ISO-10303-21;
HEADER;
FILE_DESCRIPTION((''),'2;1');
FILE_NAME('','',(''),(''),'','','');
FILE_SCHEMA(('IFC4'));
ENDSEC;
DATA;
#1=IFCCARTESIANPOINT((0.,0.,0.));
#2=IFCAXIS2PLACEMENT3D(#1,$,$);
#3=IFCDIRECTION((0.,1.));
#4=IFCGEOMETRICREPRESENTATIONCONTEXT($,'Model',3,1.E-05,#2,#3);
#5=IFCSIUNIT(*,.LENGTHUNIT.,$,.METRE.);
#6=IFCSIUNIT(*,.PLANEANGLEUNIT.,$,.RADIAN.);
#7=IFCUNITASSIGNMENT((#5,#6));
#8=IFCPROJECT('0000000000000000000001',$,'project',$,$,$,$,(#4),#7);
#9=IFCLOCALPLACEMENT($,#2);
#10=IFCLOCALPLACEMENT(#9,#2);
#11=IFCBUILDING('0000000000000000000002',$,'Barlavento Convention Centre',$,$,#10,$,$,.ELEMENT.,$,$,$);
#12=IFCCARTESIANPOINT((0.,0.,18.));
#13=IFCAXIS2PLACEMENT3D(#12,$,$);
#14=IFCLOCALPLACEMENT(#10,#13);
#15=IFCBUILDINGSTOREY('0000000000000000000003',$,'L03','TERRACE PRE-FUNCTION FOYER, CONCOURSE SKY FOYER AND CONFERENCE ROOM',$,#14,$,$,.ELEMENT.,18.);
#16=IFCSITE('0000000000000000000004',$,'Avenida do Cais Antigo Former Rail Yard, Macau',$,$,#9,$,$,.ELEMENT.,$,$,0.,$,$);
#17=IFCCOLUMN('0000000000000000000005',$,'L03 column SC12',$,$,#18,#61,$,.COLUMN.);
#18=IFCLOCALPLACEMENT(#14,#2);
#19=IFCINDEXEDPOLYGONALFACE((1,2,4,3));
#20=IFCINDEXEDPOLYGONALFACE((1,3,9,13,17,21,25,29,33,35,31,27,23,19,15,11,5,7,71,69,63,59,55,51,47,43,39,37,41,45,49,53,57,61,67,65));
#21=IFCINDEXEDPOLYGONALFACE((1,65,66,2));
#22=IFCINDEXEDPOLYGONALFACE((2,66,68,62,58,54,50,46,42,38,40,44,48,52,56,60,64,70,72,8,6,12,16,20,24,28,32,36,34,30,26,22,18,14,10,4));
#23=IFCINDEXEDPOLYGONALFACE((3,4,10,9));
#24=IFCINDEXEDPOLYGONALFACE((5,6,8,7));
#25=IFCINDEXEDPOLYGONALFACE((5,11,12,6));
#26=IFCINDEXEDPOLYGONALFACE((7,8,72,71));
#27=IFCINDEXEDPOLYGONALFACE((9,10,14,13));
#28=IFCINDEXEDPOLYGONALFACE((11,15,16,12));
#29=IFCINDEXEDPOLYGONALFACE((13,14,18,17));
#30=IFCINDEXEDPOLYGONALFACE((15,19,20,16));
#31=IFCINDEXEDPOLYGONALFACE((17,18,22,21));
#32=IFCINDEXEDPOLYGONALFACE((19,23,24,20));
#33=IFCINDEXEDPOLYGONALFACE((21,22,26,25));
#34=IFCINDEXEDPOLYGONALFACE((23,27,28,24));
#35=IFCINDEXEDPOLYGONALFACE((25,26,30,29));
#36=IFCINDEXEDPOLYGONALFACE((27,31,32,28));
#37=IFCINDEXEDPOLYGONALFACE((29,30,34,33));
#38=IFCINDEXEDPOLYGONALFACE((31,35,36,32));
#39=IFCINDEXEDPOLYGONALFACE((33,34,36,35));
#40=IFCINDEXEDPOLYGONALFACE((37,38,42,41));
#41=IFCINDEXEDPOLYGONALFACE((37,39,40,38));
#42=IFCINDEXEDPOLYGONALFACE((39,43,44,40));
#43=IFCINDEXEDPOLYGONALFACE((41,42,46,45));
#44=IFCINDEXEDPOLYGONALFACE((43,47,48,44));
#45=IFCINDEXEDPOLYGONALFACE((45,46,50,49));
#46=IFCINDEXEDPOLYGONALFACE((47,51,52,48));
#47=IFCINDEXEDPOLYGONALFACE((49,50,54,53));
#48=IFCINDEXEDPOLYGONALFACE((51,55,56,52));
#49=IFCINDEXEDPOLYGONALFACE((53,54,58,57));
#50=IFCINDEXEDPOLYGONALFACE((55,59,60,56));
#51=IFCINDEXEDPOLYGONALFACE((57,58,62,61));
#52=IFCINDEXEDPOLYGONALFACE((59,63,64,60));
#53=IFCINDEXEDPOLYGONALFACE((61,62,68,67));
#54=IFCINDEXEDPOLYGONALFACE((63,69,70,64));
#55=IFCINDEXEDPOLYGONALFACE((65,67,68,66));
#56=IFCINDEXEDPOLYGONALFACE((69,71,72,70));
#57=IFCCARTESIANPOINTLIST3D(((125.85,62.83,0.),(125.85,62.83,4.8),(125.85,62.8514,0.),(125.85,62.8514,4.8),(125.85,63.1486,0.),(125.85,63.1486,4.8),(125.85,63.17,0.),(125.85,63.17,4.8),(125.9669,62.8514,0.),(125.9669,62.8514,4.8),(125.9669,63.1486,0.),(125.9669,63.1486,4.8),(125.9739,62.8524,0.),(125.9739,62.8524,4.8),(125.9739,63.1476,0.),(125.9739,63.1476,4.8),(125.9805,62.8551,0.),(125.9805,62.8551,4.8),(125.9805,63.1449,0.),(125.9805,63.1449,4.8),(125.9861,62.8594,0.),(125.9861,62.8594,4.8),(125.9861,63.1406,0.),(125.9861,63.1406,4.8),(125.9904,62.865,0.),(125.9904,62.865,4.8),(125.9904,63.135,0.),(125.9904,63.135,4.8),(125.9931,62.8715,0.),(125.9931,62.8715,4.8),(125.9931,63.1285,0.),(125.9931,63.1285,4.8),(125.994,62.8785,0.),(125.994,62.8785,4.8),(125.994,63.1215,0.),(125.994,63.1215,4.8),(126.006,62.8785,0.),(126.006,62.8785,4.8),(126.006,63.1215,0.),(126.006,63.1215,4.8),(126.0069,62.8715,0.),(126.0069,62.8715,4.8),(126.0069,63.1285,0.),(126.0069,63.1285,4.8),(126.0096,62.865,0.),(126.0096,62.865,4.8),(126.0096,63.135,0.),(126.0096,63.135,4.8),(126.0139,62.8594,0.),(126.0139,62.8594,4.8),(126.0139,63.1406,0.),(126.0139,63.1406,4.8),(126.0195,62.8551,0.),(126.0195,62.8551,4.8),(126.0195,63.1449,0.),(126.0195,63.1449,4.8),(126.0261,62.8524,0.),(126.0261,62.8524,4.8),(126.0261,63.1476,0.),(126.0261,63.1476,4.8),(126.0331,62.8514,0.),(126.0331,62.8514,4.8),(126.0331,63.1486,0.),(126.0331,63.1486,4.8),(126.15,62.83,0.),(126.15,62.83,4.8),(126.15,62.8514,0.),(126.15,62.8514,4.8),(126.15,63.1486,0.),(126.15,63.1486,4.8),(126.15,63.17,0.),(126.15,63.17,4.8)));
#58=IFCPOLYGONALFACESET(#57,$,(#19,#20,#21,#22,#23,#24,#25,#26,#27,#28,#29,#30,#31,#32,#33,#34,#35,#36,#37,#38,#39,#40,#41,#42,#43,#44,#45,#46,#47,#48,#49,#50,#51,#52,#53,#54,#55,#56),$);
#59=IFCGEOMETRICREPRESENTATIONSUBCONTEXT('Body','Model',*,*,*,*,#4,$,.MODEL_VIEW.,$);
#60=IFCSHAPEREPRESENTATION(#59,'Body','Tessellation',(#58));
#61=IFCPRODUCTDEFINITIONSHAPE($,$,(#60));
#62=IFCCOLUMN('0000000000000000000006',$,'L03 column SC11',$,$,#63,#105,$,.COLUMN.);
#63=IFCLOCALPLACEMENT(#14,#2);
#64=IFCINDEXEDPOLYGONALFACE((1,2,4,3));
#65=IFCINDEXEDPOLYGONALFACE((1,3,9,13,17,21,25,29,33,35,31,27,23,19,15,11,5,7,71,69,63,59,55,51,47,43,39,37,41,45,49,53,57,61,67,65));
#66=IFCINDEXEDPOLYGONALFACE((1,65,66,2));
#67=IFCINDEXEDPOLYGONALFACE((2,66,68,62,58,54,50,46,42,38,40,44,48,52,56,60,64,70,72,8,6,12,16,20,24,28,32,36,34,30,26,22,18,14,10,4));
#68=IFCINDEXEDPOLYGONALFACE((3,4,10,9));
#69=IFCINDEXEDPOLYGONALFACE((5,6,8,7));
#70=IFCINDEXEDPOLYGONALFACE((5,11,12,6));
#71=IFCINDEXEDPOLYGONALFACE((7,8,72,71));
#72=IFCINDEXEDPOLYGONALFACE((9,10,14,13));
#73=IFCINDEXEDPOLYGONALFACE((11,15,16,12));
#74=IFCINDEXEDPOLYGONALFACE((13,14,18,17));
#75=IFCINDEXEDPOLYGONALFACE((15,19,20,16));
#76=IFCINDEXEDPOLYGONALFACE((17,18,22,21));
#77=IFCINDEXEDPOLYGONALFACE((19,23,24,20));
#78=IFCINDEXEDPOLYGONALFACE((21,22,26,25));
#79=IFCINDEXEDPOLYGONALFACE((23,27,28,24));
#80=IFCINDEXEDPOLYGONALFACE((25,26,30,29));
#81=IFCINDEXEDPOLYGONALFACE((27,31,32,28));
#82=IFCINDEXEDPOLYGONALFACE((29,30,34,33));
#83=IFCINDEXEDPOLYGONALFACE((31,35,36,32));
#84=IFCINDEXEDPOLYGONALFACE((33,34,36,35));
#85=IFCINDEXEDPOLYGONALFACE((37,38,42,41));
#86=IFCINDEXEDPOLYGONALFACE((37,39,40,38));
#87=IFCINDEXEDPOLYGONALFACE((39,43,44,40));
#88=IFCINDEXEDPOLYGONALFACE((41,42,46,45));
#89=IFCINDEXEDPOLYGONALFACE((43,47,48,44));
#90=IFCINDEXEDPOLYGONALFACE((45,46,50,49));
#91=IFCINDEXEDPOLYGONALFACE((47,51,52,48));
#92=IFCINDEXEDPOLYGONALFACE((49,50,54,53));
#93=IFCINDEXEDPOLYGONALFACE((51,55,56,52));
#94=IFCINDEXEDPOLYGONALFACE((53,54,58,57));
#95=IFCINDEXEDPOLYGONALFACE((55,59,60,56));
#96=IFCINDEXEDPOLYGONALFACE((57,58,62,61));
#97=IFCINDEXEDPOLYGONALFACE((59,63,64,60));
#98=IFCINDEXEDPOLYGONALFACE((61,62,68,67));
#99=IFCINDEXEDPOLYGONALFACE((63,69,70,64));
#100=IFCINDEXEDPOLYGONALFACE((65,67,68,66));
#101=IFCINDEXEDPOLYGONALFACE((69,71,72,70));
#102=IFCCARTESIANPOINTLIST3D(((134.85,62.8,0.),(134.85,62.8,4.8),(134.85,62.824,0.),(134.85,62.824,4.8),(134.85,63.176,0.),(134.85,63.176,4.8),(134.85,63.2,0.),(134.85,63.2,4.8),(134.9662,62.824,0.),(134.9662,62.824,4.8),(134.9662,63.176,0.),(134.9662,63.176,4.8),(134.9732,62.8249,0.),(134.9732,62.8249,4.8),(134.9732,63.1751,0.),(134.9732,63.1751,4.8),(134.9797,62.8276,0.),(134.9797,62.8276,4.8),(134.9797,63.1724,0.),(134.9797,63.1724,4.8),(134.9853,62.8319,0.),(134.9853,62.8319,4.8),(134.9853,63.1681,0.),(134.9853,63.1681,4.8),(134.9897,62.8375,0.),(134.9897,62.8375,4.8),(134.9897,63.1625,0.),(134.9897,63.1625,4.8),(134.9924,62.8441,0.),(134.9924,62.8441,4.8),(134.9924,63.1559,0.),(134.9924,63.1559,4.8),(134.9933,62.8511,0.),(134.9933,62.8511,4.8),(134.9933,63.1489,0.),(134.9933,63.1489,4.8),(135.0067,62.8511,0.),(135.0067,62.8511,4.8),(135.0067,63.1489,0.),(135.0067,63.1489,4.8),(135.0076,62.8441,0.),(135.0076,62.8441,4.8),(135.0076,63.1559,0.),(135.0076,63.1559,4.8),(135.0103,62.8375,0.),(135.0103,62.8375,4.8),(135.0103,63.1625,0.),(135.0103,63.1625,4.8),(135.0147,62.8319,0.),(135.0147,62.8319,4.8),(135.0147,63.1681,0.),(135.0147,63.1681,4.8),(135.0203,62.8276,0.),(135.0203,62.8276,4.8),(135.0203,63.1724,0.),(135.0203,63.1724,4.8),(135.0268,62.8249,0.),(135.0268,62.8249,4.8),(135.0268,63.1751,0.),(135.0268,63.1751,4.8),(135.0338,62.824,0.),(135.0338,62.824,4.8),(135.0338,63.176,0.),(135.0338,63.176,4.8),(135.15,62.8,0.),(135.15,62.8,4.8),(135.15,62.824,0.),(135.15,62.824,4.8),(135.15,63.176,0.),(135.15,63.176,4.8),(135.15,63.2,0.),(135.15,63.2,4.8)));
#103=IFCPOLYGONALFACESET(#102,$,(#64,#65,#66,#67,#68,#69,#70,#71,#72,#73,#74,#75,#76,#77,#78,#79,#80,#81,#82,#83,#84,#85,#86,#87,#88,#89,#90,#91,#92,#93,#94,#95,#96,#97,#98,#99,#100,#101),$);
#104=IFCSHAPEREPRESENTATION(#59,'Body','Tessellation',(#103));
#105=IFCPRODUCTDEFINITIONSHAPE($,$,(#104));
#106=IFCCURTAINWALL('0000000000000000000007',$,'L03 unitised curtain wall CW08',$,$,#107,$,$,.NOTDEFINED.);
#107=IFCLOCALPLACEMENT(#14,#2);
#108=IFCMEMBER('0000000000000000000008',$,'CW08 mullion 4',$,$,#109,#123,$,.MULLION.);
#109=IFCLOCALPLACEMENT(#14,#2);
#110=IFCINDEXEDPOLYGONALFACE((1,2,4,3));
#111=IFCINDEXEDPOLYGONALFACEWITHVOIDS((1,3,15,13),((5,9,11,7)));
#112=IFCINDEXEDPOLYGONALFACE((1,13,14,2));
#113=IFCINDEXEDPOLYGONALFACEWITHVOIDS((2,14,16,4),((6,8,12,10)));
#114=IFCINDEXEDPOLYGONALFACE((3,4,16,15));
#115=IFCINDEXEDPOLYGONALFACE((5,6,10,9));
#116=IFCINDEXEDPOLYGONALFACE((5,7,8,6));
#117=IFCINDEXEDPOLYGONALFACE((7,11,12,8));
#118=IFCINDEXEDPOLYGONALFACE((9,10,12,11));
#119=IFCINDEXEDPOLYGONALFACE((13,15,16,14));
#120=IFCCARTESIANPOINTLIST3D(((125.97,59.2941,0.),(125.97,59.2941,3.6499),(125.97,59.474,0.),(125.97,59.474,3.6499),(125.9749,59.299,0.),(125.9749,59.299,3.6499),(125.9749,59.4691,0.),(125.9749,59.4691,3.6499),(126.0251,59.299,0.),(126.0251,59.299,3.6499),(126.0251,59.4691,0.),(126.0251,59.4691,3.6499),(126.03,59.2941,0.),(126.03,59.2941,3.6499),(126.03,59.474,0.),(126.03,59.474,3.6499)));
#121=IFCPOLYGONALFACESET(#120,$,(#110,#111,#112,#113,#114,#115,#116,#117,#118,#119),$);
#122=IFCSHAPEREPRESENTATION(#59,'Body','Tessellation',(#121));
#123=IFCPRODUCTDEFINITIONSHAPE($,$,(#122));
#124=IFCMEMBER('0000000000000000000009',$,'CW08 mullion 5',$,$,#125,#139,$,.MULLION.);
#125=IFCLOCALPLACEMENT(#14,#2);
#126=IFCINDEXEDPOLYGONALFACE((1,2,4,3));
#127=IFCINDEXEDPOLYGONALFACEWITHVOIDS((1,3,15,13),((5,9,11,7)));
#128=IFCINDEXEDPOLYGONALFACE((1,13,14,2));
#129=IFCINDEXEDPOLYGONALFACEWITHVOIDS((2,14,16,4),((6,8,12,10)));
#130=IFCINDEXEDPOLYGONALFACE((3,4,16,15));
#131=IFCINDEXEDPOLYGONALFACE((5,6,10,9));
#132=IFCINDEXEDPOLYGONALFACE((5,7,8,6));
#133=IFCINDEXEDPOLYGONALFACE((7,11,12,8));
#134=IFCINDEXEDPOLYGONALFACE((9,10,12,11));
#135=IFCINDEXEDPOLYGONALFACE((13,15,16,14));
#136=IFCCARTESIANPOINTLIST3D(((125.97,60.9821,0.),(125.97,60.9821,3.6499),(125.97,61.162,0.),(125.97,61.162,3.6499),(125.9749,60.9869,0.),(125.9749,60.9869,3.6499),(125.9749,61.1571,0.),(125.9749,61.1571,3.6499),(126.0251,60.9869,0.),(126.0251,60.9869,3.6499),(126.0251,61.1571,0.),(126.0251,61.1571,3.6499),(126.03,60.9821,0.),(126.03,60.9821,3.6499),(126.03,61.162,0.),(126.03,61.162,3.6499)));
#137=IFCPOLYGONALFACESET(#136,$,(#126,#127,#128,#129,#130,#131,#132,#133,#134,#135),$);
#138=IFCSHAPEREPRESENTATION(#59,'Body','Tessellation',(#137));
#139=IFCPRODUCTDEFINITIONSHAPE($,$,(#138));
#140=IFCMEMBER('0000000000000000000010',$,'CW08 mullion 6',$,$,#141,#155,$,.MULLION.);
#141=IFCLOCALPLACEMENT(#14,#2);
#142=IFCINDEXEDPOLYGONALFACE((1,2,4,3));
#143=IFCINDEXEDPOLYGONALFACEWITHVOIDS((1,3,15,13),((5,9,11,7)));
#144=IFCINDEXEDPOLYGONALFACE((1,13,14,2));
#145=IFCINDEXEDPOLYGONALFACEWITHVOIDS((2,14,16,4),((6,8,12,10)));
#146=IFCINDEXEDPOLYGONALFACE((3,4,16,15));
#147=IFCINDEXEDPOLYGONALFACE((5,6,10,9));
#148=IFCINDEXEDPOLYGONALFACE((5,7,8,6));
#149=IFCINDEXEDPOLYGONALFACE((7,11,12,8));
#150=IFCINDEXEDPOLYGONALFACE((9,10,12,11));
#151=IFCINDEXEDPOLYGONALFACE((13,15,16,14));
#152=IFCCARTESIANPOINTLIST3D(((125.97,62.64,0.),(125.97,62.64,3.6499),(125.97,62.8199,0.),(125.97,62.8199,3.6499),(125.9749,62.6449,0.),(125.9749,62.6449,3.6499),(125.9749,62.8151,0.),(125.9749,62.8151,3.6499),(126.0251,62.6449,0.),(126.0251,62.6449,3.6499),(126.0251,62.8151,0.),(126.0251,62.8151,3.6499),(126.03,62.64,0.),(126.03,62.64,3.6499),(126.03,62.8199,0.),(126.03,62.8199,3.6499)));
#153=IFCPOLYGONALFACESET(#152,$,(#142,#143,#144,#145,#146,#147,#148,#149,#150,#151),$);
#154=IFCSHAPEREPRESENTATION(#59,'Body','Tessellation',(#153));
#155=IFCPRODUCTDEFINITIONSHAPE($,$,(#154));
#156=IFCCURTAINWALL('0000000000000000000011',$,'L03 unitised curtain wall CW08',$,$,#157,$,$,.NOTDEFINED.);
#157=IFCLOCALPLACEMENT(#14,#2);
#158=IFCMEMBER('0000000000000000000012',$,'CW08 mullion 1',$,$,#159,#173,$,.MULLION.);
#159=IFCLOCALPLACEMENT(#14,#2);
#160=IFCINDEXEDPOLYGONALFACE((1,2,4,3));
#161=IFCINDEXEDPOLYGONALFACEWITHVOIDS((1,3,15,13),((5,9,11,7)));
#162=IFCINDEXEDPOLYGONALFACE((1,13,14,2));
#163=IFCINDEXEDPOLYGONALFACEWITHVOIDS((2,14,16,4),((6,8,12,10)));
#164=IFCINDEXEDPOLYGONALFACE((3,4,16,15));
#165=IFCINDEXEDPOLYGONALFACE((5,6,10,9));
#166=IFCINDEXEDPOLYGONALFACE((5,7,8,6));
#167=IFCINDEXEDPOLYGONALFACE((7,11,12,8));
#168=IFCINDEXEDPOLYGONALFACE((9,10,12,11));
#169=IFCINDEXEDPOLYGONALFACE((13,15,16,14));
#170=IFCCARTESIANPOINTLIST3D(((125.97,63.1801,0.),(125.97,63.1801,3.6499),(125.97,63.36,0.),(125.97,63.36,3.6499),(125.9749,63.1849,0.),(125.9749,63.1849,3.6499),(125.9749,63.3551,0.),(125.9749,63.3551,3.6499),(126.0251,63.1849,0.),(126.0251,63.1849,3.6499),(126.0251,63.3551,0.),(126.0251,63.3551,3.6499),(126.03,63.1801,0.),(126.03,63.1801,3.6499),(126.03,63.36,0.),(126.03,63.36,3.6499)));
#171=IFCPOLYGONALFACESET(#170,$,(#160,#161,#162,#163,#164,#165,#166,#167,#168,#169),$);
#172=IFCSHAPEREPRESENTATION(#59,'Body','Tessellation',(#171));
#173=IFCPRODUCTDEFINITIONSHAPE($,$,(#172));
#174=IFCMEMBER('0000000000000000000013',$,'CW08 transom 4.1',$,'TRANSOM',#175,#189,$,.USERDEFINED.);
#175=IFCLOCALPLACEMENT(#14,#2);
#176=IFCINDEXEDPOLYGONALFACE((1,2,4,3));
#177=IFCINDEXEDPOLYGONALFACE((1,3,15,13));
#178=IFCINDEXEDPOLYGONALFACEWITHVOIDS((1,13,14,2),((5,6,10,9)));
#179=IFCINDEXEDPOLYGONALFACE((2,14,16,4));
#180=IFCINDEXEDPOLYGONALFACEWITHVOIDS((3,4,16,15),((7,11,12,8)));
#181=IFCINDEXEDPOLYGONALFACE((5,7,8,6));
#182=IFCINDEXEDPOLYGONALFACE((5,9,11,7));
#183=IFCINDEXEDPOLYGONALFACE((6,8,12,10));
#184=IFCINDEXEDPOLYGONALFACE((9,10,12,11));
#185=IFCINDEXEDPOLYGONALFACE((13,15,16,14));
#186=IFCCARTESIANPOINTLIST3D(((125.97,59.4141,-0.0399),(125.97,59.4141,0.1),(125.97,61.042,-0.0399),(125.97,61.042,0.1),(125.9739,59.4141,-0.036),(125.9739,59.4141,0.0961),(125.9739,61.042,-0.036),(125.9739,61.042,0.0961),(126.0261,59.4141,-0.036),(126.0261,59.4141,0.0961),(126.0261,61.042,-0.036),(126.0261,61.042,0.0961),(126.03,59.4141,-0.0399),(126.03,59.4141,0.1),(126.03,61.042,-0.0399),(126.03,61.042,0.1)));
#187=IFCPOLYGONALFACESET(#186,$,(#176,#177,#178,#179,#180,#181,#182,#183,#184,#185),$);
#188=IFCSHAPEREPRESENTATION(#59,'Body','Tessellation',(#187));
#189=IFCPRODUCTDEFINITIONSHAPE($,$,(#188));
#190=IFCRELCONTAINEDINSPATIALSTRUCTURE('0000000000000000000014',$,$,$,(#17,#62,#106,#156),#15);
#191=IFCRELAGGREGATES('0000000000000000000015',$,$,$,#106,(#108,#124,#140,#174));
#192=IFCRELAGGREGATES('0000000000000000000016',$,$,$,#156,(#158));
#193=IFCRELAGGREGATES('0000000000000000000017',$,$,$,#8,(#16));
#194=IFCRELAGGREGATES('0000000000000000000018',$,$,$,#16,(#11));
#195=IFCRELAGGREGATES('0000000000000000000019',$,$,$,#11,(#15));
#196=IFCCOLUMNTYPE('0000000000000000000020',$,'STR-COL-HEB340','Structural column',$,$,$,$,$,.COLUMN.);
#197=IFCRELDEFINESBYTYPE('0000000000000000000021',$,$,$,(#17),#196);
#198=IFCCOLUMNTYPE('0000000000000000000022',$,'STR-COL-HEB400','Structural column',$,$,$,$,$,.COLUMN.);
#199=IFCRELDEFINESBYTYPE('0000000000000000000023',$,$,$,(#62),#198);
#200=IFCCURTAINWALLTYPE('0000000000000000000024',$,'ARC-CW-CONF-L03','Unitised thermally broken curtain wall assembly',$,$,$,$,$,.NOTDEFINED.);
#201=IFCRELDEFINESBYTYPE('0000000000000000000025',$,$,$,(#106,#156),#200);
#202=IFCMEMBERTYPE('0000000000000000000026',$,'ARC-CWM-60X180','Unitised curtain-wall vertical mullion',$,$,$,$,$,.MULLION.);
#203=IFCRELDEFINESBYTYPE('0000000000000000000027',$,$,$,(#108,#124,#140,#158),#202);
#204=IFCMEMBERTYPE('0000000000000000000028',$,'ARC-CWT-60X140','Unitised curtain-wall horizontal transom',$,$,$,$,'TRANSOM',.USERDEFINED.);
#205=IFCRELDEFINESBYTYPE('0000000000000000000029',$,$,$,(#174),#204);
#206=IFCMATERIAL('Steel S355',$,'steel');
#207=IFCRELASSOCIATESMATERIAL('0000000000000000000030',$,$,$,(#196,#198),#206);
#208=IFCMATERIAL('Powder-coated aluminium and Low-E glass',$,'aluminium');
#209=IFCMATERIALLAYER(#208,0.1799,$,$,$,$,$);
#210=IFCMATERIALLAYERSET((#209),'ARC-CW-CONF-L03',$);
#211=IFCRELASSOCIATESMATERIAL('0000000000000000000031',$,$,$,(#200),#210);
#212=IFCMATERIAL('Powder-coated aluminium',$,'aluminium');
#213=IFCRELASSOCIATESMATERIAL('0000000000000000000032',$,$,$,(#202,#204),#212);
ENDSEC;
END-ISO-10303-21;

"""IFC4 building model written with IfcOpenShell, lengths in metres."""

from ifc_helpers import new_model, si_unit, direction, frame, origin, origin_2d, place, context, subcontext, project, spatial, hollow_rectangle, i_section, extrude, material, layer, layer_set, material_profile, profile_set, type_object, element, aggregate, save


model = new_model("IFC4")

# Units and contexts
model_context = context("Model", 3, precision=1e-05, world=origin(), true_north=direction((0.0, 1.0)))
body_context = subcontext(model_context, "Body", "Model", "MODEL_VIEW")
ifc_project = project(units=[si_unit("LENGTHUNIT", "METRE"), si_unit("PLANEANGLEUNIT", "RADIAN")], contexts=[model_context])

# Site, building, storey
site_placement = place(None, origin())
site = spatial("IfcSite", under=ifc_project, at=site_placement, Name="Avenida do Cais Antigo Former Rail Yard, Macau", CompositionType="ELEMENT", RefElevation=0.0)
building_placement = place(site_placement, origin())
building = spatial("IfcBuilding", under=site, at=building_placement, Name="Barlavento Convention Centre", CompositionType="ELEMENT")
storey_placement = place(building_placement, frame((0.0, 0.0, 18.0)))
storey = spatial("IfcBuildingStorey", under=building, at=storey_placement, Name="L03", Description="TERRACE PRE-FUNCTION FOYER, CONCOURSE SKY FOYER AND CONFERENCE ROOM", CompositionType="ELEMENT", Elevation=18.0)

# Columns
ifc_material_1 = material(Name="Steel S355", Category="steel")
ifc_material_profile_1 = material_profile(ifc_material_1, i_section(OverallWidth=0.3, OverallDepth=0.3401, WebThickness=0.012, FlangeThickness=0.0215, FilletRadius=0.0271, at=origin_2d()), Name="HEB 340")
ifc_profile_set_1 = profile_set([ifc_material_profile_1], Name="Steel S355")
column_type_1 = type_object("IfcColumnType", Name="STR-COL-HEB340", Description="Structural column", PredefinedType="COLUMN", material=ifc_profile_set_1)
column_1_placement = place(storey_placement, frame((126.0, 63.0, 0.0), z_axis=(0.0, 0.0, 1.0), x_axis=(1.0, 0.0, 0.0)))
element("IfcColumn", 1, at=column_1_placement, inside=storey, type_object=column_type_1, Name="L03 column SC12", PredefinedType="COLUMN", context=body_context, shape_type="SweptSolid", body=[
    extrude(i_section(OverallWidth=0.3, OverallDepth=0.3401, WebThickness=0.012, FlangeThickness=0.0215, FilletRadius=0.0271, at=origin_2d()), origin(), (0.0, 0.0, 1.0), 4.8),
])
ifc_material_profile_2 = material_profile(ifc_material_1, i_section(OverallWidth=0.3, OverallDepth=0.3999, WebThickness=0.0134, FlangeThickness=0.0239, FilletRadius=0.0271, at=origin_2d()), Name="HEB 400")
ifc_profile_set_2 = profile_set([ifc_material_profile_2], Name="Steel S355")
column_type_2 = type_object("IfcColumnType", Name="STR-COL-HEB400", Description="Structural column", PredefinedType="COLUMN", material=ifc_profile_set_2)
column_2_placement = place(storey_placement, frame((135.0, 63.0, 0.0), z_axis=(0.0, 0.0, 1.0), x_axis=(1.0, 0.0, 0.0)))
element("IfcColumn", 2, at=column_2_placement, inside=storey, type_object=column_type_2, Name="L03 column SC11", PredefinedType="COLUMN", context=body_context, shape_type="SweptSolid", body=[
    extrude(i_section(OverallWidth=0.3, OverallDepth=0.3999, WebThickness=0.0134, FlangeThickness=0.0239, FilletRadius=0.0271, at=origin_2d()), origin(), (0.0, 0.0, 1.0), 4.8),
])

# Curtain wall, members
ifc_material_2 = material(Name="Powder-coated aluminium and Low-E glass", Category="aluminium")
ifc_layer_1 = layer(ifc_material_2, 0.1799)
ifc_layer_set_1 = layer_set([ifc_layer_1], Name="ARC-CW-CONF-L03")
curtain_wall_type = type_object("IfcCurtainWallType", Name="ARC-CW-CONF-L03", Description="Unitised thermally broken curtain wall assembly", PredefinedType="NOTDEFINED", material=ifc_layer_set_1)
curtain_wall_1_placement = place(storey_placement, origin())
curtain_wall_1 = element("IfcCurtainWall", 3, at=curtain_wall_1_placement, inside=storey, type_object=curtain_wall_type, Name="L03 unitised curtain wall CW08", PredefinedType="NOTDEFINED")
ifc_material_3 = material(Name="Powder-coated aluminium", Category="aluminium")
ifc_material_profile_3 = material_profile(ifc_material_3, hollow_rectangle(XDim=0.0601, YDim=0.1799, WallThickness=0.0049, at=origin_2d()), Name="AL-MULL 60x180x5")
ifc_profile_set_3 = profile_set([ifc_material_profile_3], Name="Powder-coated aluminium")
member_type_1 = type_object("IfcMemberType", Name="ARC-CWM-60X180", Description="Unitised curtain-wall vertical mullion", PredefinedType="MULLION", material=ifc_profile_set_3)
member_1_placement = place(storey_placement, frame((126.0, 59.384, 0.0), z_axis=(0.0, 0.0, 1.0), x_axis=(-1.0, 0.0, 0.0)))
member_1 = element("IfcMember", 4, at=member_1_placement, type_object=member_type_1, Name="CW08 mullion 4", PredefinedType="MULLION", context=body_context, shape_type="SweptSolid", body=[
    extrude(hollow_rectangle(XDim=0.0601, YDim=0.1799, WallThickness=0.0049, at=origin_2d()), origin(), (0.0, 0.0, 1.0), 3.6499),
])
member_2_placement = place(storey_placement, frame((126.0, 61.072, 0.0), z_axis=(0.0, 0.0, 1.0), x_axis=(-1.0, 0.0, 0.0)))
member_2 = element("IfcMember", 5, at=member_2_placement, type_object=member_type_1, Name="CW08 mullion 5", PredefinedType="MULLION", context=body_context, shape_type="SweptSolid", body=[
    extrude(hollow_rectangle(XDim=0.0601, YDim=0.1799, WallThickness=0.0049, at=origin_2d()), origin(), (0.0, 0.0, 1.0), 3.6499),
])
member_3_placement = place(storey_placement, frame((126.0, 62.73, 0.0), z_axis=(0.0, 0.0, 1.0), x_axis=(-1.0, 0.0, 0.0)))
member_3 = element("IfcMember", 6, at=member_3_placement, type_object=member_type_1, Name="CW08 mullion 6", PredefinedType="MULLION", context=body_context, shape_type="SweptSolid", body=[
    extrude(hollow_rectangle(XDim=0.0601, YDim=0.1799, WallThickness=0.0049, at=origin_2d()), origin(), (0.0, 0.0, 1.0), 3.6499),
])

# Curtain wall, member
curtain_wall_2_placement = place(storey_placement, origin())
curtain_wall_2 = element("IfcCurtainWall", 7, at=curtain_wall_2_placement, inside=storey, type_object=curtain_wall_type, Name="L03 unitised curtain wall CW08", PredefinedType="NOTDEFINED")
member_4_placement = place(storey_placement, frame((126.0, 63.27, 0.0), z_axis=(0.0, 0.0, 1.0), x_axis=(-1.0, 0.0, 0.0)))
member_4 = element("IfcMember", 8, at=member_4_placement, type_object=member_type_1, Name="CW08 mullion 1", PredefinedType="MULLION", context=body_context, shape_type="SweptSolid", body=[
    extrude(hollow_rectangle(XDim=0.0601, YDim=0.1799, WallThickness=0.0049, at=origin_2d()), origin(), (0.0, 0.0, 1.0), 3.6499),
])

# Member
ifc_material_profile_4 = material_profile(ifc_material_3, hollow_rectangle(XDim=0.0601, YDim=0.1399, WallThickness=0.0039, at=origin_2d()), Name="AL-TRAN 60x140x4")
ifc_profile_set_4 = profile_set([ifc_material_profile_4], Name="Powder-coated aluminium")
member_type_2 = type_object("IfcMemberType", Name="ARC-CWT-60X140", Description="Unitised curtain-wall horizontal transom", ElementType="TRANSOM", PredefinedType="USERDEFINED", material=ifc_profile_set_4)
member_5_placement = place(storey_placement, frame((126.0, 59.4141, 0.03), z_axis=(0.0, 1.0, 0.0), x_axis=(-1.0, 0.0, 0.0)))
member_5 = element("IfcMember", 9, at=member_5_placement, type_object=member_type_2, Name="CW08 transom 4.1", ObjectType="TRANSOM", PredefinedType="USERDEFINED", context=body_context, shape_type="SweptSolid", body=[
    extrude(hollow_rectangle(XDim=0.0601, YDim=0.1399, WallThickness=0.0039, at=origin_2d()), origin(), (0.0, 0.0, 1.0), 1.6279),
])

aggregate(curtain_wall_1, [member_1, member_2, member_3, member_5])
aggregate(curtain_wall_2, [member_4])

save(model, "model.ifc")
